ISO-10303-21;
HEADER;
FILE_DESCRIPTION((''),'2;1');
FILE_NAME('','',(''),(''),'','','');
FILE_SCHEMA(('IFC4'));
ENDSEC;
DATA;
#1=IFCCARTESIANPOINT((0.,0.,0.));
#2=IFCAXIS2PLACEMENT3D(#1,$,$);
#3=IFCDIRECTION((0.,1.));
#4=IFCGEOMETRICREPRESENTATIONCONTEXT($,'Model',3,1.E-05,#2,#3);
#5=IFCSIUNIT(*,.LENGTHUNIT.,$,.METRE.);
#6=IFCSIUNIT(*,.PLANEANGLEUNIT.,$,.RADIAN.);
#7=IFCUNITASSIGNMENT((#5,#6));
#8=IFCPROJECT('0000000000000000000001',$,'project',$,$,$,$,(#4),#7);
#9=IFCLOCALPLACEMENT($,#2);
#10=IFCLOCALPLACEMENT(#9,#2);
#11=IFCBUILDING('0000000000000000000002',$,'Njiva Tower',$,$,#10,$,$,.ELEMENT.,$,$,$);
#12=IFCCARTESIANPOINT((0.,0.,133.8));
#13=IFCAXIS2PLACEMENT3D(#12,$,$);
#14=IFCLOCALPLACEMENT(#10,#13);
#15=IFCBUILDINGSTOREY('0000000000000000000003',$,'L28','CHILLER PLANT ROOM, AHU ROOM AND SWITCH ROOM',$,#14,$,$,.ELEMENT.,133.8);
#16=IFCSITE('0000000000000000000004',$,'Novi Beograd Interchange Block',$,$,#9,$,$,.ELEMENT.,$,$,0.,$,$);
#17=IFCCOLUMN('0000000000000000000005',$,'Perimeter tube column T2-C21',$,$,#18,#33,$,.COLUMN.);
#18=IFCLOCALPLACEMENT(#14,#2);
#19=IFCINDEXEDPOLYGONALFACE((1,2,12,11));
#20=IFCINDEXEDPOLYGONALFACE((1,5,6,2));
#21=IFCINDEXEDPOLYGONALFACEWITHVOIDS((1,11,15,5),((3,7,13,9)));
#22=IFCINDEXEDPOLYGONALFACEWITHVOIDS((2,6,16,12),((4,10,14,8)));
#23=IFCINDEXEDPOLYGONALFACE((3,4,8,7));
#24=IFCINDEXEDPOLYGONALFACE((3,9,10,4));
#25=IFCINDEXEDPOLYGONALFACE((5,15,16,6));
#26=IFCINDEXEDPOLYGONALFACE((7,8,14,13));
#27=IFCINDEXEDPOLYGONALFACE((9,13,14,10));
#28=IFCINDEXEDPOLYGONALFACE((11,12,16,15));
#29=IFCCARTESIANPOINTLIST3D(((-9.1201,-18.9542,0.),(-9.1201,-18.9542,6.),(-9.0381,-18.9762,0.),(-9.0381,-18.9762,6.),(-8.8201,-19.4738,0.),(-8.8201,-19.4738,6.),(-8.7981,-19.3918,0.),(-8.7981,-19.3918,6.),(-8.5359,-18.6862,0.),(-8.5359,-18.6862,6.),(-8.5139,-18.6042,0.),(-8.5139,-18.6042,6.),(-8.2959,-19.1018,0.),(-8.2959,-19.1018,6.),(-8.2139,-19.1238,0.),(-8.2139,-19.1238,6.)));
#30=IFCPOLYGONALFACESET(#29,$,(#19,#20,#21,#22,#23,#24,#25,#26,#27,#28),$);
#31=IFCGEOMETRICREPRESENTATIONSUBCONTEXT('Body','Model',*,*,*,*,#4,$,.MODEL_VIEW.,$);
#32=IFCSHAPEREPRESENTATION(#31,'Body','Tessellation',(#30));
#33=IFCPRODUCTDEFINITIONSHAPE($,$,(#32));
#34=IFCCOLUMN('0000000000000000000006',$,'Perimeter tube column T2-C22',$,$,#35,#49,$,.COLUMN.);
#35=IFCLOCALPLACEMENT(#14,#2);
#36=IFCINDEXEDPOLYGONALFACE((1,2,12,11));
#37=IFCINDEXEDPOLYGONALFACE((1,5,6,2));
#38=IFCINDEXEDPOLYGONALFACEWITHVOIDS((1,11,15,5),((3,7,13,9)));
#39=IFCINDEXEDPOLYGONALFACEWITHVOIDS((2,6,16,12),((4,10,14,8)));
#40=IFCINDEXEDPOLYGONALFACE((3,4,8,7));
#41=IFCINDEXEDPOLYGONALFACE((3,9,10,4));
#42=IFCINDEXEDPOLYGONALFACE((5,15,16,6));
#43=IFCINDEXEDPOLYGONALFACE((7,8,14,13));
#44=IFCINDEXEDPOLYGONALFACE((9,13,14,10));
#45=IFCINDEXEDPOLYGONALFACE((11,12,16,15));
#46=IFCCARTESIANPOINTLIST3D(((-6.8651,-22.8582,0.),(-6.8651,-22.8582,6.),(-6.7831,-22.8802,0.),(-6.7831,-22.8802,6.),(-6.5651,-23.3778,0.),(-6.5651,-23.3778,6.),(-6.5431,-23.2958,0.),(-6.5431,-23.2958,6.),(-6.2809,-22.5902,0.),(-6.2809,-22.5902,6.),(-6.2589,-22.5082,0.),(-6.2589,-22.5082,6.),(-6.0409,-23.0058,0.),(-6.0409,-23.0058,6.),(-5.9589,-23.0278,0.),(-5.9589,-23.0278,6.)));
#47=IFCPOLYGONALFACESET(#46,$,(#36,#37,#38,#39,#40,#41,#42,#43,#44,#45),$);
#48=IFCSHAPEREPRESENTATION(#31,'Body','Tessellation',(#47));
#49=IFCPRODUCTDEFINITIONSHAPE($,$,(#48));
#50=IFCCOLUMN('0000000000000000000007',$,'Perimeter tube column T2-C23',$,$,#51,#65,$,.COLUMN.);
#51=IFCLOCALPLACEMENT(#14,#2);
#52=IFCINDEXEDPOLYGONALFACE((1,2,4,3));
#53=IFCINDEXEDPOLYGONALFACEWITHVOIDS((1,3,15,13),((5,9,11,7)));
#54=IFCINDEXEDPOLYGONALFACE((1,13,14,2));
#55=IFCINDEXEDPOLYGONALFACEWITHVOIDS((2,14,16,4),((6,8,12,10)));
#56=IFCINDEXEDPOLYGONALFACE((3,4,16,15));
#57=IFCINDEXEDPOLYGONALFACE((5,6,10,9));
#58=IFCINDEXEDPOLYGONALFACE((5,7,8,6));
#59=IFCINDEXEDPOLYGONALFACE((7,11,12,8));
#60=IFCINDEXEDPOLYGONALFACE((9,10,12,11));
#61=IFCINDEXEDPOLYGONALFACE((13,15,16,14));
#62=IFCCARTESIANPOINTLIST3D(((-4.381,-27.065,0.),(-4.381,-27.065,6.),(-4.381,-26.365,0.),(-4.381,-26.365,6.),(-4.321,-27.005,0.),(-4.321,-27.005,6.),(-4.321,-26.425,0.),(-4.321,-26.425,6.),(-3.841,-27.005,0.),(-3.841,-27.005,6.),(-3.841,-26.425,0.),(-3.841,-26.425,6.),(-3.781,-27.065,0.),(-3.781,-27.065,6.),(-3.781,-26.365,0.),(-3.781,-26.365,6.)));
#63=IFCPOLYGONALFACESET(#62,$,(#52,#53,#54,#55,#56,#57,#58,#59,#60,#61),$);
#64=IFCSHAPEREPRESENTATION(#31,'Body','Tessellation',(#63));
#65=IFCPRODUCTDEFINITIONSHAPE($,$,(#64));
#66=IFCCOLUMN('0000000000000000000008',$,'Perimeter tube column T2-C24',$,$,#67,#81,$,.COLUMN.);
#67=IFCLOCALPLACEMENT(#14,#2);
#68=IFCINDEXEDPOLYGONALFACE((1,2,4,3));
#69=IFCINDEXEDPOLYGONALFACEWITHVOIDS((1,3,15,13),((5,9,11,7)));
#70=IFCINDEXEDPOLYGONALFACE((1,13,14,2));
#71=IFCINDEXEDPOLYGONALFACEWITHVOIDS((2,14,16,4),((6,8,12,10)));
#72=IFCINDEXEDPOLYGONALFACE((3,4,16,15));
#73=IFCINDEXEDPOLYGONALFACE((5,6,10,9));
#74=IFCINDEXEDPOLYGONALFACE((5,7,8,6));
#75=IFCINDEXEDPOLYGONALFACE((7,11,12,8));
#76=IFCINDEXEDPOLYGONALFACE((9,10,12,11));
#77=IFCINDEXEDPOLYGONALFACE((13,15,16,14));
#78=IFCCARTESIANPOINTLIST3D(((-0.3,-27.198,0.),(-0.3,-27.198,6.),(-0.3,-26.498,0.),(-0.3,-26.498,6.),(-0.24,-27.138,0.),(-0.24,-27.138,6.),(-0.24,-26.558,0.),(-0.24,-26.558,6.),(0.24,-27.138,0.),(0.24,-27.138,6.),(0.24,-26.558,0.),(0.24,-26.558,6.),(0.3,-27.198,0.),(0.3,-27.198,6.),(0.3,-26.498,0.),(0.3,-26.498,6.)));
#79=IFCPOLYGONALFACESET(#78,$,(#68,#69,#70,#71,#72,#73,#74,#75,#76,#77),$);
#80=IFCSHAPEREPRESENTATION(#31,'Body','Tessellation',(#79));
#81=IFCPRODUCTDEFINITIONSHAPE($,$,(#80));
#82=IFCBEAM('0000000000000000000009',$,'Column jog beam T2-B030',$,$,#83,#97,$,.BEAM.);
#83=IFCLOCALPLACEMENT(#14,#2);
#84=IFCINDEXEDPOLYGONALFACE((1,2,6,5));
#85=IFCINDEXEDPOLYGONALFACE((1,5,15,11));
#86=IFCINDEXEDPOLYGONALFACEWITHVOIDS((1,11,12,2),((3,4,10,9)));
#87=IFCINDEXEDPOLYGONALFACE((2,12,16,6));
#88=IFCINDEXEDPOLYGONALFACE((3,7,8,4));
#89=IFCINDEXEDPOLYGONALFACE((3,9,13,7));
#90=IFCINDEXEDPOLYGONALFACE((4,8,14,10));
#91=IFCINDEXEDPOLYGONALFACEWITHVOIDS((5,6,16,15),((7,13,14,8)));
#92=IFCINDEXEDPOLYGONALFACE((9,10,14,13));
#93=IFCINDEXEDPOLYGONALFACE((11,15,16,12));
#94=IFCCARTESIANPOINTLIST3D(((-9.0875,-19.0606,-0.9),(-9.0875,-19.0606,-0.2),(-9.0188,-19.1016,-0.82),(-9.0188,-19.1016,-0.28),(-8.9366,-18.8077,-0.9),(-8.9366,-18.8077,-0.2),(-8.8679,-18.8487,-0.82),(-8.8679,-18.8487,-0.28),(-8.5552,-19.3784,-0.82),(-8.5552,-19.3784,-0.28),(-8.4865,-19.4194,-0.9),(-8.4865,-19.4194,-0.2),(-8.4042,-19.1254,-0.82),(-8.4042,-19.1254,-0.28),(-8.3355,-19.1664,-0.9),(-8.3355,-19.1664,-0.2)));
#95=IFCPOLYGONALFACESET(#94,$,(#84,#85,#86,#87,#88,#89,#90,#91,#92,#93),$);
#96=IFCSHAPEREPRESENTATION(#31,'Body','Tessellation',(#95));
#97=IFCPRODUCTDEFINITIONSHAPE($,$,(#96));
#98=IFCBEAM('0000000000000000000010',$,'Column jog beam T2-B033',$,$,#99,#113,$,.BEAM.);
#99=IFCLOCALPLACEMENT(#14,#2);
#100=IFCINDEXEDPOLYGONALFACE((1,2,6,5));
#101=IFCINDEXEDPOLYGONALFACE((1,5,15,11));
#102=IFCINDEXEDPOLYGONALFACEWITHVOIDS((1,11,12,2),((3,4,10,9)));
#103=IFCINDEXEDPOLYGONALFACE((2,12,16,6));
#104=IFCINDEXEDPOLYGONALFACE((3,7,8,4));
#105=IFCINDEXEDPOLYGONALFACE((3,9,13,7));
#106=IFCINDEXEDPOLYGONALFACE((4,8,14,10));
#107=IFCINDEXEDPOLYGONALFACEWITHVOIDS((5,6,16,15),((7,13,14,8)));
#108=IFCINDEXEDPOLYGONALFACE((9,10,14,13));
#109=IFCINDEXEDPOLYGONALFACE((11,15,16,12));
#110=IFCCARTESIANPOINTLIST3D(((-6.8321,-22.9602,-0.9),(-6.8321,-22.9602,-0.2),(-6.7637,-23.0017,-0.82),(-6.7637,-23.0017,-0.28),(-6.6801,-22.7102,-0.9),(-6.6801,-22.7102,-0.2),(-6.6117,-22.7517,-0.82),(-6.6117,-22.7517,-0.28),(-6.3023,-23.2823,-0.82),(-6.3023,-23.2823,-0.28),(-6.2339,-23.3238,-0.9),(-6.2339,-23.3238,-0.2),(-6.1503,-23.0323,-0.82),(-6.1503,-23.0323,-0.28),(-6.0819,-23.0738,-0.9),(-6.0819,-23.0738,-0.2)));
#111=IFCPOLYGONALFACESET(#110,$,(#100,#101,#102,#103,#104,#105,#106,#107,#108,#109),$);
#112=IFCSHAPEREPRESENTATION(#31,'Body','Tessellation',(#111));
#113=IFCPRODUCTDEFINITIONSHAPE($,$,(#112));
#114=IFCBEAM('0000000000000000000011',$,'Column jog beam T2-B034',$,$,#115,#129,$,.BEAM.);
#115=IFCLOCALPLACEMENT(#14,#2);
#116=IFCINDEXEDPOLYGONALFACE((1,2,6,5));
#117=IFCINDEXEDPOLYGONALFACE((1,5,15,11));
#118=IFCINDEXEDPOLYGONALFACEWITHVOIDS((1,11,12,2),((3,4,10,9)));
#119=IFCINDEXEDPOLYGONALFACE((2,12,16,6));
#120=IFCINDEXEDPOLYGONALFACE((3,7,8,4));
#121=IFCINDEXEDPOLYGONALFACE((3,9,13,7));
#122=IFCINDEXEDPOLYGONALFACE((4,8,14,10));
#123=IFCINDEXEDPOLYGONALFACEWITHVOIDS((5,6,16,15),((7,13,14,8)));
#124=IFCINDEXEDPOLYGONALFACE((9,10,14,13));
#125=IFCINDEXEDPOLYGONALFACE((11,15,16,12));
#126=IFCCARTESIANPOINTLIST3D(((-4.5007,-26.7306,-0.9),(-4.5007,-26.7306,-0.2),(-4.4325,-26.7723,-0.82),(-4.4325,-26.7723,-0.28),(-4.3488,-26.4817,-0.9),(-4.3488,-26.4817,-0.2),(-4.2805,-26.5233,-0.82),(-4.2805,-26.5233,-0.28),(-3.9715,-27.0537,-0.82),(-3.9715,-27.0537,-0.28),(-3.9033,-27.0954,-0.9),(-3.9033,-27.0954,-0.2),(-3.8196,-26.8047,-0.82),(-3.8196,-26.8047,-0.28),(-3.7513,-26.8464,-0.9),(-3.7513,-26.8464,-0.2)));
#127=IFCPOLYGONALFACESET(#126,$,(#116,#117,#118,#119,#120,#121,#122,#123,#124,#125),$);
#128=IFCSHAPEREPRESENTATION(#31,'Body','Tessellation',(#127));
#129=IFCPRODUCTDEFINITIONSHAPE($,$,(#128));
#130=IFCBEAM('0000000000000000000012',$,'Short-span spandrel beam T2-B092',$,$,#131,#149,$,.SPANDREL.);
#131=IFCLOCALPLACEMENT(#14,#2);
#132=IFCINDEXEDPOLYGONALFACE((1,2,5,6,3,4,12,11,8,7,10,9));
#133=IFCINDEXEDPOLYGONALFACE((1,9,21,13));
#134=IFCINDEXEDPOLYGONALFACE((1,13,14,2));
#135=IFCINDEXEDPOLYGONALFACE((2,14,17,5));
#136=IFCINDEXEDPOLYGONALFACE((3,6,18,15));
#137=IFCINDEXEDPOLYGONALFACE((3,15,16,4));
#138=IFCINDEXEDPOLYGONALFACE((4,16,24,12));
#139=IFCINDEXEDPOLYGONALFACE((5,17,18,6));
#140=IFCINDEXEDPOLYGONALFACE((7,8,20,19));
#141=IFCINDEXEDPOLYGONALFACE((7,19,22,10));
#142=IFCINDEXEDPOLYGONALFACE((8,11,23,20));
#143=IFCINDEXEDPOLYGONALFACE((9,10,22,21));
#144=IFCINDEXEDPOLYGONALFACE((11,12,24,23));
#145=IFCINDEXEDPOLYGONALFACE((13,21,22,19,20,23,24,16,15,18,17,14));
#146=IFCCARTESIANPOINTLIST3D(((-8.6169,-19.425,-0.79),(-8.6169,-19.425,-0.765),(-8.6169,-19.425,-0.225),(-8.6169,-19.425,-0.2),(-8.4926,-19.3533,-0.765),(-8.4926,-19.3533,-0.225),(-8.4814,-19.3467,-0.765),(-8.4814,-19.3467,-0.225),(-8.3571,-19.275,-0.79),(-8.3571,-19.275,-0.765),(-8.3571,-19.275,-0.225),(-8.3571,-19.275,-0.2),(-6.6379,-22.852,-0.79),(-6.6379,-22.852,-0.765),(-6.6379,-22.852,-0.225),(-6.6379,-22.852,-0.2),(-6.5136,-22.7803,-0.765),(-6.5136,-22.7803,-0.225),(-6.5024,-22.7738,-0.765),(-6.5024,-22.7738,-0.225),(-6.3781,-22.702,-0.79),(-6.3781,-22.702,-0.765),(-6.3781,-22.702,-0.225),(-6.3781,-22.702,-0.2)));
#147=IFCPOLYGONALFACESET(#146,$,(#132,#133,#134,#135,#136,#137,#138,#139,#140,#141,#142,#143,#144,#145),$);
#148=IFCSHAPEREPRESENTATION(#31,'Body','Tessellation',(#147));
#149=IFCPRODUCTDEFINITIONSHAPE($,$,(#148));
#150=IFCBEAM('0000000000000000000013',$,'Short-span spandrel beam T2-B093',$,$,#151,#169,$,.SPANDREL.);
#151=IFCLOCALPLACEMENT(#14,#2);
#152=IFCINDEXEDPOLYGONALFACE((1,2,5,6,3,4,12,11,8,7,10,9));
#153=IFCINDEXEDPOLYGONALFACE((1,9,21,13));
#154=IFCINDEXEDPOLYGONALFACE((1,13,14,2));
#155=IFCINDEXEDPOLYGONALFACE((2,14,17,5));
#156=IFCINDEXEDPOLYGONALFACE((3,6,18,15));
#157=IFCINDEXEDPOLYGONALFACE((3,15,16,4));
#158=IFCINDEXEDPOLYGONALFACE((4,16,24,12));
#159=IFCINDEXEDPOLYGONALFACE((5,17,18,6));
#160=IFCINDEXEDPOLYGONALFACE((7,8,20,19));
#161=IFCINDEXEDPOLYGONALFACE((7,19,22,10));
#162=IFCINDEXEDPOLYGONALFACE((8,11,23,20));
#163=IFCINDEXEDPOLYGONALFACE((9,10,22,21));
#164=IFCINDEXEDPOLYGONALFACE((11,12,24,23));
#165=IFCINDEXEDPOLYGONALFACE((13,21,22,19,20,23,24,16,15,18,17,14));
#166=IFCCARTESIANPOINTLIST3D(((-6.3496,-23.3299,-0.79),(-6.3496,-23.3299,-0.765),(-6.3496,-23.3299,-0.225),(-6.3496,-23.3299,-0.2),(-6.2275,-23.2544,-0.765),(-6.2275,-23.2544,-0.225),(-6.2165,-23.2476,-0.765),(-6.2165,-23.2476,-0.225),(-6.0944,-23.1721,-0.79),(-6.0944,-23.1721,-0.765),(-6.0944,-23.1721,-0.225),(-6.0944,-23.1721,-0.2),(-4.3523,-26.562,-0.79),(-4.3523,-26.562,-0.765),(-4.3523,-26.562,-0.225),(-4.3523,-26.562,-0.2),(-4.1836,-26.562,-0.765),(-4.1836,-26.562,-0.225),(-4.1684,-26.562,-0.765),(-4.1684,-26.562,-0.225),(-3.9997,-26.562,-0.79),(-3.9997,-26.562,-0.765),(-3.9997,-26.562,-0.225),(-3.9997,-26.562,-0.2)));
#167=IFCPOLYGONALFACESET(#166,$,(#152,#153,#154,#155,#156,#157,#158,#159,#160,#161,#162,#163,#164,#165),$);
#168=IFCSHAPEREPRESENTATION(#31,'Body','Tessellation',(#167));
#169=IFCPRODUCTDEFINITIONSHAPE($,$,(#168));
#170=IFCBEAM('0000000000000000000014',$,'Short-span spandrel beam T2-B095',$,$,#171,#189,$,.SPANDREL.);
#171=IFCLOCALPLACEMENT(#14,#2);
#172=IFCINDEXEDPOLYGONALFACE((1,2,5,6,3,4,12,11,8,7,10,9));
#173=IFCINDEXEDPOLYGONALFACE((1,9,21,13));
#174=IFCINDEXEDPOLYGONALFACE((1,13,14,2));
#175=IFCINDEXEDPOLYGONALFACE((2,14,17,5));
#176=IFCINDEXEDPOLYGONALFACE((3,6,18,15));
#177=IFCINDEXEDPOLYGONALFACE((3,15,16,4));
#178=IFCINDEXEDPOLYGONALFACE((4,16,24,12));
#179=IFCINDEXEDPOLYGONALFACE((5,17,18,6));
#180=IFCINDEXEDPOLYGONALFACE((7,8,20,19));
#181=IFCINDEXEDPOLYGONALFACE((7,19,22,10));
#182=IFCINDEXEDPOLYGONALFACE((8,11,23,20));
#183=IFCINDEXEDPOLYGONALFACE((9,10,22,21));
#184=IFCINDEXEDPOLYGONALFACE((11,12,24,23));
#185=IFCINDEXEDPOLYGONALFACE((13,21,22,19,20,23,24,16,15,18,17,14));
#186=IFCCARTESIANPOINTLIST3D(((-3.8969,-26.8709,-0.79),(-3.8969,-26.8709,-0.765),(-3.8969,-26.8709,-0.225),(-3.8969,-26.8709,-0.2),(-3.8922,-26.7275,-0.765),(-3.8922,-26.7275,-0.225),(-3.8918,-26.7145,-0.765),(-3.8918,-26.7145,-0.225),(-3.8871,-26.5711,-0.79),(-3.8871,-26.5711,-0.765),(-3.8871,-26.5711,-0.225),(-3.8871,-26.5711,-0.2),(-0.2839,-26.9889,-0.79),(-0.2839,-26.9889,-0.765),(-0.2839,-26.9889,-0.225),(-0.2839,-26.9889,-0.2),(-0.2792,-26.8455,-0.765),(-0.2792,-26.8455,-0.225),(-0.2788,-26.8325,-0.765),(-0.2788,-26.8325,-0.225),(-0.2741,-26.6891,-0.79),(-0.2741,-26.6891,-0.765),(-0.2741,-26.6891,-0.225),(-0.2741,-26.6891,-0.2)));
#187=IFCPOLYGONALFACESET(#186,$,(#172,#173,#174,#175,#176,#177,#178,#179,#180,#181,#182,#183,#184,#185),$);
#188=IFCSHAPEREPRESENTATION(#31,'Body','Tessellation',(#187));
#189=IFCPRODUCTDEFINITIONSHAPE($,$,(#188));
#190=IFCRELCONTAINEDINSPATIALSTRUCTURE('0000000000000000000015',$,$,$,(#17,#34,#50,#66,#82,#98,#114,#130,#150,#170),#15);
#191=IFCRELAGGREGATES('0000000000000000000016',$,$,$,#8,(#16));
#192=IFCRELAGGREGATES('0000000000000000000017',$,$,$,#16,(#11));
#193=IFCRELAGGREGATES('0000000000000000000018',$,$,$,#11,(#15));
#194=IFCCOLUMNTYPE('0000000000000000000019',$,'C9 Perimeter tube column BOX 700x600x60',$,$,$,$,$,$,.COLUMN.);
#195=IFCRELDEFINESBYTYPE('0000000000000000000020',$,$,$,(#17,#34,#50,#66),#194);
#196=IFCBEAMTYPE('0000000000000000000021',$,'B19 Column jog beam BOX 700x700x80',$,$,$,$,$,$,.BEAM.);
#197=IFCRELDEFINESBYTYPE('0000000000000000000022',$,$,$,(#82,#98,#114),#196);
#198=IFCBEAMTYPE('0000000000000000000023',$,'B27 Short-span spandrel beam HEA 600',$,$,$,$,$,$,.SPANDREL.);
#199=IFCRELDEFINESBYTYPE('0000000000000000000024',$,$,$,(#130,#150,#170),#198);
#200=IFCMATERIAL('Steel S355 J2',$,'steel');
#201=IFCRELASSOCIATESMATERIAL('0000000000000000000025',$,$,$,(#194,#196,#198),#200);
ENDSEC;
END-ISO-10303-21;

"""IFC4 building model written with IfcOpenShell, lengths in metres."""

from ifc_helpers import new_model, si_unit, direction, frame, origin, origin_2d, place, context, subcontext, project, spatial, hollow_rectangle, i_section, extrude, clip, halfspace, material, material_profile, profile_set, type_object, element, save


model = new_model("IFC4")

# Units and contexts
model_context = context("Model", 3, precision=1e-05, world=origin(), true_north=direction((0.0, 1.0)))
body_context = subcontext(model_context, "Body", "Model", "MODEL_VIEW")
ifc_project = project(units=[si_unit("LENGTHUNIT", "METRE"), si_unit("PLANEANGLEUNIT", "RADIAN")], contexts=[model_context])

# Site, building, storey
site_placement = place(None, origin())
site = spatial("IfcSite", under=ifc_project, at=site_placement, Name="Novi Beograd Interchange Block", CompositionType="ELEMENT", RefElevation=0.0)
building_placement = place(site_placement, origin())
building = spatial("IfcBuilding", under=site, at=building_placement, Name="Njiva Tower", CompositionType="ELEMENT")
storey_placement = place(building_placement, frame((0.0, 0.0, 133.8)))
storey = spatial("IfcBuildingStorey", under=building, at=storey_placement, Name="L28", Description="CHILLER PLANT ROOM, AHU ROOM AND SWITCH ROOM", CompositionType="ELEMENT", Elevation=133.8)

# Columns
ifc_material_1 = material(Name="Steel S355 J2", Category="steel")
ifc_material_profile_1 = material_profile(ifc_material_1, hollow_rectangle(XDim=0.6, YDim=0.7, WallThickness=0.06, at=origin_2d()), Name="BOX 700x600x60")
ifc_profile_set_1 = profile_set([ifc_material_profile_1], Name="Steel S355 J2")
column_type = type_object("IfcColumnType", Name="C9 Perimeter tube column BOX 700x600x60", PredefinedType="COLUMN", material=ifc_profile_set_1)
for number, where, z_axis, x_axis, name in (
    (1, (-8.667, -19.039, 0.0), (0.0, 0.0, 1.0), (0.5, -0.866025, 0.0), "Perimeter tube column T2-C21"),
    (2, (-6.412, -22.943, 0.0), (0.0, 0.0, 1.0), (0.5, -0.866025, 0.0), "Perimeter tube column T2-C22"),
    (3, (-4.081, -26.715, 0.0), (0.0, 0.0, 1.0), (1.0, 0.0, 0.0), "Perimeter tube column T2-C23"),
    (4, (0.0, -26.848, 0.0), (0.0, 0.0, 1.0), (1.0, 0.0, 0.0), "Perimeter tube column T2-C24"),
):
    element("IfcColumn", number, at=place(storey_placement, frame(where, z_axis=z_axis, x_axis=x_axis)), inside=storey, type_object=column_type, Name=name, PredefinedType="COLUMN", context=body_context, shape_type="SweptSolid", body=[
        extrude(hollow_rectangle(XDim=0.6, YDim=0.7, WallThickness=0.06, at=origin_2d()), origin(), (0.0, 0.0, 1.0), 6.0),
    ])

# Beams
ifc_material_profile_2 = material_profile(ifc_material_1, hollow_rectangle(XDim=0.7, YDim=0.7, WallThickness=0.08, at=origin_2d()), Name="BOX 700x700x80")
ifc_profile_set_2 = profile_set([ifc_material_profile_2], Name="Steel S355 J2")
beam_type_1 = type_object("IfcBeamType", Name="B19 Column jog beam BOX 700x700x80", PredefinedType="BEAM", material=ifc_profile_set_2)
beam_1_placement = place(storey_placement, frame((-8.787, -19.24, -0.55), z_axis=(0.512498, 0.858688, 0.0), x_axis=(-0.858688, 0.512498, 0.0)))
element("IfcBeam", 5, at=beam_1_placement, inside=storey, type_object=beam_type_1, Name="Column jog beam T2-B030", PredefinedType="BEAM", context=body_context, shape_type="SweptSolid", body=[
    extrude(hollow_rectangle(XDim=0.7, YDim=0.7, WallThickness=0.08, at=origin_2d()), origin(), (0.0, 0.0, 1.0), 0.2946),
])
beam_2_placement = place(storey_placement, frame((-6.533, -23.142, -0.55), z_axis=(0.519513, 0.854462, 0.0), x_axis=(-0.854462, 0.519513, 0.0)))
element("IfcBeam", 6, at=beam_2_placement, inside=storey, type_object=beam_type_1, Name="Column jog beam T2-B033", PredefinedType="BEAM", context=body_context, shape_type="SweptSolid", body=[
    extrude(hollow_rectangle(XDim=0.7, YDim=0.7, WallThickness=0.08, at=origin_2d()), origin(), (0.0, 0.0, 1.0), 0.2926),
])
beam_3_placement = place(storey_placement, frame((-4.202, -26.913, -0.55), z_axis=(0.521034, 0.853536, 0.0), x_axis=(-0.853536, 0.521034, 0.0)))
element("IfcBeam", 7, at=beam_3_placement, inside=storey, type_object=beam_type_1, Name="Column jog beam T2-B034", PredefinedType="BEAM", context=body_context, shape_type="SweptSolid", body=[
    extrude(hollow_rectangle(XDim=0.7, YDim=0.7, WallThickness=0.08, at=origin_2d()), origin(), (0.0, 0.0, 1.0), 0.2917),
])
ifc_material_profile_3 = material_profile(ifc_material_1, i_section(OverallWidth=0.3, OverallDepth=0.59, WebThickness=0.013, FlangeThickness=0.025, at=origin_2d()), Name="HEA 600")
ifc_profile_set_3 = profile_set([ifc_material_profile_3], Name="Steel S355 J2")
beam_type_2 = type_object("IfcBeamType", Name="B27 Short-span spandrel beam HEA 600", PredefinedType="SPANDREL", material=ifc_profile_set_3)
beam_4_placement = place(storey_placement, frame((-8.487, -19.35, -0.495), z_axis=(0.50008, -0.865979, 0.0), x_axis=(0.865979, 0.50008, 0.0)))
element("IfcBeam", 8, at=beam_4_placement, inside=storey, type_object=beam_type_2, Name="Short-span spandrel beam T2-B092", PredefinedType="SPANDREL", context=body_context, shape_type="SweptSolid", body=[
    extrude(i_section(OverallWidth=0.3, OverallDepth=0.59, WebThickness=0.013, FlangeThickness=0.025, at=origin_2d()), origin(), (0.0, 0.0, 1.0), 3.9574),
])
beam_5_placement = place(storey_placement, frame((-6.222, -23.251, -0.495), z_axis=(0.525673, -0.850686, 0.0), x_axis=(0.850686, 0.525673, 0.0)))
element("IfcBeam", 9, at=beam_5_placement, inside=storey, type_object=beam_type_2, Name="Short-span spandrel beam T2-B093", PredefinedType="SPANDREL", context=body_context, shape_type="Clipping", body=[
    clip(extrude(i_section(OverallWidth=0.3, OverallDepth=0.59, WebThickness=0.013, FlangeThickness=0.025, at=origin_2d()), origin(), (0.0, 0.0, 1.0), 4.0052), halfspace(frame((-0.026, 0.0, 3.8761), z_axis=(-0.525673, 0.0, 0.850686), x_axis=(0.0, 1.0, 0.0)), False)),
])
beam_6_placement = place(storey_placement, frame((-3.892, -26.721, -0.495), z_axis=(0.999467, -0.032642, 0.0), x_axis=(0.032642, 0.999467, 0.0)))
element("IfcBeam", 10, at=beam_6_placement, inside=storey, type_object=beam_type_2, Name="Short-span spandrel beam T2-B095", PredefinedType="SPANDREL", context=body_context, shape_type="SweptSolid", body=[
    extrude(i_section(OverallWidth=0.3, OverallDepth=0.59, WebThickness=0.013, FlangeThickness=0.025, at=origin_2d()), origin(), (0.0, 0.0, 1.0), 3.6149),
])

save(model, "model.ifc")
